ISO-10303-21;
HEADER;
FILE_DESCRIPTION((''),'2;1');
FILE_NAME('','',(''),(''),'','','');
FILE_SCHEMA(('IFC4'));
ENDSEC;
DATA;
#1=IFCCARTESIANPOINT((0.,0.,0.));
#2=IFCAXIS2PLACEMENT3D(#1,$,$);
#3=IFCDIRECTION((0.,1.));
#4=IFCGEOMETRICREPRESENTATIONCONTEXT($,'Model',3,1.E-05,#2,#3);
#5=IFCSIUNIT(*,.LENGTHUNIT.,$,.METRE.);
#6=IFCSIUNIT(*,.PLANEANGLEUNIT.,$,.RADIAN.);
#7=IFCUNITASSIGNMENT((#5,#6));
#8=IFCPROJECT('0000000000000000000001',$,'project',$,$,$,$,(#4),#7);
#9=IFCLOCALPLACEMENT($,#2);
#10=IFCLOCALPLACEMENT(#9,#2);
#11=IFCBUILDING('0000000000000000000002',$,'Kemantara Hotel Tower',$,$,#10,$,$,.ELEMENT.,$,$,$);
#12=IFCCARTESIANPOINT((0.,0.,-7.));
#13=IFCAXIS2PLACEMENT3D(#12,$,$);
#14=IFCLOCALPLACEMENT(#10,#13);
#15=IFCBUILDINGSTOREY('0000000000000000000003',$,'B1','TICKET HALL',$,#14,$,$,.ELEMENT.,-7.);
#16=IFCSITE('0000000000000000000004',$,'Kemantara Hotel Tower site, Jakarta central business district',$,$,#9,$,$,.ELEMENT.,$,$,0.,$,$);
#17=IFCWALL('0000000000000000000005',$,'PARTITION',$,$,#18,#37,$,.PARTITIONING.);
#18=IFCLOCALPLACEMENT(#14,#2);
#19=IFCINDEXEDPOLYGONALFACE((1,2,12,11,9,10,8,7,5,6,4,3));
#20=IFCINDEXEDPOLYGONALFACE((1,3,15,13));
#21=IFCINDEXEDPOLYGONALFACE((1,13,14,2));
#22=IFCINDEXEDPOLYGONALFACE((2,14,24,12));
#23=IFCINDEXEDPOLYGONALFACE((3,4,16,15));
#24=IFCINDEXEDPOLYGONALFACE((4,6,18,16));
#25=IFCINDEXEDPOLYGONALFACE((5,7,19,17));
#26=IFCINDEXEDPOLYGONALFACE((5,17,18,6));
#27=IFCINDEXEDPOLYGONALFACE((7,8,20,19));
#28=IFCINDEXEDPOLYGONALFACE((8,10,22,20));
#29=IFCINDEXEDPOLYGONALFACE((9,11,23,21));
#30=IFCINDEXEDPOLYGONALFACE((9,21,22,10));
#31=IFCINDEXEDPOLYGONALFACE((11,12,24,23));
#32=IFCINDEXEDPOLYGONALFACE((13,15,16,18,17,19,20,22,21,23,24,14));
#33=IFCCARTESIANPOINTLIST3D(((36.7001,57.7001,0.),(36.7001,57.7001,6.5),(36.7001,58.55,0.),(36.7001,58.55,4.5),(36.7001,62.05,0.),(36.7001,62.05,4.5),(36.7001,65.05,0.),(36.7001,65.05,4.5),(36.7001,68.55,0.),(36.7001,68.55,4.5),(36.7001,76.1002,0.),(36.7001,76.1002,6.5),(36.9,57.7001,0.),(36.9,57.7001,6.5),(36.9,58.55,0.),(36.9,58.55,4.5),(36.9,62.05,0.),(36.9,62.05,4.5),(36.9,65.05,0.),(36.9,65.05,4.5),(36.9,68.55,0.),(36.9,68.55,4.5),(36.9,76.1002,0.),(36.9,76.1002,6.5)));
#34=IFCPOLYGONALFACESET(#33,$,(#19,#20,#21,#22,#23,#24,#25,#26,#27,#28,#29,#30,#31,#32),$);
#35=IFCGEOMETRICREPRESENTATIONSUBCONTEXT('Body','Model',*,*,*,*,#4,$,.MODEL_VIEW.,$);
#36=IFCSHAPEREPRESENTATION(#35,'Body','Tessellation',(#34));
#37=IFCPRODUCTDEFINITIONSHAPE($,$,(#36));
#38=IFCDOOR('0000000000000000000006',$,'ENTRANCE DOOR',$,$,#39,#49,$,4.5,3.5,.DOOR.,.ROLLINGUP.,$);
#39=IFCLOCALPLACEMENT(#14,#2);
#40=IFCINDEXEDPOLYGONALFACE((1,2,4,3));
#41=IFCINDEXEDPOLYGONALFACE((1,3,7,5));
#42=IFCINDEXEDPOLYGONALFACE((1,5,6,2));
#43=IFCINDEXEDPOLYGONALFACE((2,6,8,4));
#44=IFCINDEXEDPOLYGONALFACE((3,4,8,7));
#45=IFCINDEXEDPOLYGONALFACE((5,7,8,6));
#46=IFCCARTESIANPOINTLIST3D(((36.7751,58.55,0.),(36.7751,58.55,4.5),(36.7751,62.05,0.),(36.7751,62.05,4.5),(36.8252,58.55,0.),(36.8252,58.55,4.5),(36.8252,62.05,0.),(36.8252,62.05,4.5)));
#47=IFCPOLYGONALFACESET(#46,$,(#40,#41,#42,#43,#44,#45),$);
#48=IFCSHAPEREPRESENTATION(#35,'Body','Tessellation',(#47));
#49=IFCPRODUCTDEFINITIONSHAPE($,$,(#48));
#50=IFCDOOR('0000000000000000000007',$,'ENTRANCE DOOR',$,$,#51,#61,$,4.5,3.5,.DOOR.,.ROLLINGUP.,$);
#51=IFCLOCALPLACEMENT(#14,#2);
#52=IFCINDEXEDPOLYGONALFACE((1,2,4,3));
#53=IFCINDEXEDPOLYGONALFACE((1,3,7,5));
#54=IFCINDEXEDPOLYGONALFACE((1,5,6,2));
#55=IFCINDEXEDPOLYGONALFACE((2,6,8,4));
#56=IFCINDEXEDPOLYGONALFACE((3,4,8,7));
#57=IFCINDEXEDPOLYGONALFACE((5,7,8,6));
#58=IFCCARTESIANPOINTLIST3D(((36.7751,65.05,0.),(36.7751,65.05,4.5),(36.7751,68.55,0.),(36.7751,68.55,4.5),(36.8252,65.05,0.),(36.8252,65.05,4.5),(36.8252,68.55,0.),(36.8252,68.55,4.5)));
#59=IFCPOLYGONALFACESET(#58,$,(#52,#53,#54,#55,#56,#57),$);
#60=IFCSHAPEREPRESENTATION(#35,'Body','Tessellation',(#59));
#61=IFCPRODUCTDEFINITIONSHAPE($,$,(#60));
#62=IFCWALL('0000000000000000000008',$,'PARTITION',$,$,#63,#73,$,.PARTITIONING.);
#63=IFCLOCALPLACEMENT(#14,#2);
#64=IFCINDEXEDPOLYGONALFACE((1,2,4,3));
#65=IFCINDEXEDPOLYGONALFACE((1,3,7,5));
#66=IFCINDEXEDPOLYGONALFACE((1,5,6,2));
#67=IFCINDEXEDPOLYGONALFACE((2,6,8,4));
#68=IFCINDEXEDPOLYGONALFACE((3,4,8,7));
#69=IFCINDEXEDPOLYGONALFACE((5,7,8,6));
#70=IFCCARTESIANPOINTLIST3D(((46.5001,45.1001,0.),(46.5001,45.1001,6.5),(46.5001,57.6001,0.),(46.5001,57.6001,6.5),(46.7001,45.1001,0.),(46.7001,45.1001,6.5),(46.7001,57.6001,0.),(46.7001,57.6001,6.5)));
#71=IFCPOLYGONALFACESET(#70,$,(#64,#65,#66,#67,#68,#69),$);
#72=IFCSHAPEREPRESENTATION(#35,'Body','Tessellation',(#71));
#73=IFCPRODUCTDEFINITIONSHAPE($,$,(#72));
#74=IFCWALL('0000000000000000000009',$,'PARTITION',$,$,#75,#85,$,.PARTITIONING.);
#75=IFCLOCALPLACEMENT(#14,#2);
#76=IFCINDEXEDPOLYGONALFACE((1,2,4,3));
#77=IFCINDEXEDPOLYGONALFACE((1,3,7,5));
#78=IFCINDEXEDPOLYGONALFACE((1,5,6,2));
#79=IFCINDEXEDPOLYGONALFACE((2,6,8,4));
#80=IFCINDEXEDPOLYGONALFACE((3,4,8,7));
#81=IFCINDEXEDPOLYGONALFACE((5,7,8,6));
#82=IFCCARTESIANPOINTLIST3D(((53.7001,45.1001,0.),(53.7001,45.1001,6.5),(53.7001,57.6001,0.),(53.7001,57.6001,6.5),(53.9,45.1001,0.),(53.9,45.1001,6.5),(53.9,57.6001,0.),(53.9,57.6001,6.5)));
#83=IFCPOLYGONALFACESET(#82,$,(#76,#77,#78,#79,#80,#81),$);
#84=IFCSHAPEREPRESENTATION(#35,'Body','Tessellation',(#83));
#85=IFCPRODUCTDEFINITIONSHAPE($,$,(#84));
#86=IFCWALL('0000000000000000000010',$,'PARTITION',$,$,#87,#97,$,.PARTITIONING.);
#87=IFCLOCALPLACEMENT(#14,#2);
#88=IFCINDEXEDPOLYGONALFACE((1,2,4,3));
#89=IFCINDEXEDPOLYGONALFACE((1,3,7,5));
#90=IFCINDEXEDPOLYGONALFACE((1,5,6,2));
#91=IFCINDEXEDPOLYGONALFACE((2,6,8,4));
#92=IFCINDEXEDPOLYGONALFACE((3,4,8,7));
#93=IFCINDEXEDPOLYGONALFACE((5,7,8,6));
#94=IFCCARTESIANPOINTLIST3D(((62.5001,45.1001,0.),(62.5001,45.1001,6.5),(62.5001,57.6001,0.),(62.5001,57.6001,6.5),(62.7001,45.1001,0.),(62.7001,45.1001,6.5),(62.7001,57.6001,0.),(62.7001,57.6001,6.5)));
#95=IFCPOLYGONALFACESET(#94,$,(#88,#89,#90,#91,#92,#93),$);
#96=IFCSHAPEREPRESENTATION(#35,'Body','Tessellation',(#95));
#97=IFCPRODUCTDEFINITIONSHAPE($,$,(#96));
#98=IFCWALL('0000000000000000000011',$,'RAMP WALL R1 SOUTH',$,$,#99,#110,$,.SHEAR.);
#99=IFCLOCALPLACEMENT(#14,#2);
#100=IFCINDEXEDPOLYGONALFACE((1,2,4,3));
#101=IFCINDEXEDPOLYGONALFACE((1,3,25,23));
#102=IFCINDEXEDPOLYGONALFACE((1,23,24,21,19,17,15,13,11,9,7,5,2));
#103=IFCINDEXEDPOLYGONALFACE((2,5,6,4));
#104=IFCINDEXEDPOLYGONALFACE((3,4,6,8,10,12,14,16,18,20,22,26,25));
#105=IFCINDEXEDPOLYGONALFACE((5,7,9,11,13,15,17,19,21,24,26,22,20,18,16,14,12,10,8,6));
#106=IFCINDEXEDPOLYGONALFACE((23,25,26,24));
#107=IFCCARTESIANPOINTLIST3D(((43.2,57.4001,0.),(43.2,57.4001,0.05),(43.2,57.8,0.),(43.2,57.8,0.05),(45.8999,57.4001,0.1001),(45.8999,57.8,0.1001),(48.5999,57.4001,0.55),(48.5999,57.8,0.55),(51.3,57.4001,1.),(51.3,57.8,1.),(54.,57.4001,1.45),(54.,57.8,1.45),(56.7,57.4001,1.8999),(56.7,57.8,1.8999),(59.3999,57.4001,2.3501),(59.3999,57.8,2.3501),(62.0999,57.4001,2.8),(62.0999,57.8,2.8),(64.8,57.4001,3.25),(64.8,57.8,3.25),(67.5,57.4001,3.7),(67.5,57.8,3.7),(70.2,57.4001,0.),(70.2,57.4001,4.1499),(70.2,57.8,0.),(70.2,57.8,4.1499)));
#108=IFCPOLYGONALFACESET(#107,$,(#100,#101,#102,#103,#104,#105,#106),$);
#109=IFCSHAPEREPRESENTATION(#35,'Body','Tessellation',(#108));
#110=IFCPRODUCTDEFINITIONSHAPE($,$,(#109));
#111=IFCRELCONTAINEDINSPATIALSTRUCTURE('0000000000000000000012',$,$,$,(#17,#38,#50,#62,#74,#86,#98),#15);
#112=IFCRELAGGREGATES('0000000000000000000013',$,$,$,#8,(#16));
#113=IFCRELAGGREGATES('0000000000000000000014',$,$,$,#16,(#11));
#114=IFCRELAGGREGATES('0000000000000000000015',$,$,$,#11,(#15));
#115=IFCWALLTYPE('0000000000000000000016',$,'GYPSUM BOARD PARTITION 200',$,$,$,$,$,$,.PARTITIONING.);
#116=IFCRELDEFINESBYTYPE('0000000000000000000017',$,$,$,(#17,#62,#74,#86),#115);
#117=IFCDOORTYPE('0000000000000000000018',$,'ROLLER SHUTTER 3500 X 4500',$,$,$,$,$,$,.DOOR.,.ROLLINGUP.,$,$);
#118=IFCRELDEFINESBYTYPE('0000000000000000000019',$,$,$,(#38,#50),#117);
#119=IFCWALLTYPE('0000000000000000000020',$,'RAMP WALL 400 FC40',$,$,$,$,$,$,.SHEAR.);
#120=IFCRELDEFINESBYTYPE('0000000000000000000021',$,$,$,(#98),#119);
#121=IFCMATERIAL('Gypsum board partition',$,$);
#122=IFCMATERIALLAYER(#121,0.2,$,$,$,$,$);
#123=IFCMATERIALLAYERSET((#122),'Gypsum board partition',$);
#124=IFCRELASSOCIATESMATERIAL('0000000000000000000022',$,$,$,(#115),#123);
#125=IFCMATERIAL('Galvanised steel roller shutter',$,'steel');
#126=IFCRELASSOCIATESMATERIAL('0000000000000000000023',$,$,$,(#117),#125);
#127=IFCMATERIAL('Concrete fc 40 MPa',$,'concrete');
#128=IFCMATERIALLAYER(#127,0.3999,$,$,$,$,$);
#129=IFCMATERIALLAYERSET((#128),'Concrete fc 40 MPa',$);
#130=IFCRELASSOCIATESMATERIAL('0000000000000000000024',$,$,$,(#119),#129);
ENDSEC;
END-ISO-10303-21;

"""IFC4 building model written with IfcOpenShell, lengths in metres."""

from ifc_helpers import new_model, si_unit, direction, frame, frame_2d, origin, place, context, subcontext, project, spatial, polyline, rectangle, outline, extrude, material, layer, layer_set, type_object, element, fill, save


model = new_model("IFC4")

# Units and contexts
model_context = context("Model", 3, precision=1e-05, world=origin(), true_north=direction((0.0, 1.0)))
body_context = subcontext(model_context, "Body", "Model", "MODEL_VIEW")
ifc_project = project(units=[si_unit("LENGTHUNIT", "METRE"), si_unit("PLANEANGLEUNIT", "RADIAN")], contexts=[model_context])

# Site, building, storey
site_placement = place(None, origin())
site = spatial("IfcSite", under=ifc_project, at=site_placement, Name="Kemantara Hotel Tower site, Jakarta central business district", CompositionType="ELEMENT", RefElevation=0.0)
building_placement = place(site_placement, origin())
building = spatial("IfcBuilding", under=site, at=building_placement, Name="Kemantara Hotel Tower", CompositionType="ELEMENT")
storey_placement = place(building_placement, frame((0.0, 0.0, -7.0)))
storey = spatial("IfcBuildingStorey", under=building, at=storey_placement, Name="B1", Description="TICKET HALL", CompositionType="ELEMENT", Elevation=-7.0)

# Wall, openings, doors
ifc_material_1 = material(Name="Gypsum board partition")
ifc_layer_1 = layer(ifc_material_1, 0.2)
ifc_layer_set_1 = layer_set([ifc_layer_1], Name="Gypsum board partition")
wall_type_1 = type_object("IfcWallType", Name="GYPSUM BOARD PARTITION 200", PredefinedType="PARTITIONING", material=ifc_layer_set_1)
wall_1_placement = place(storey_placement, frame((36.8, 57.7, 0.0), z_axis=(0.0, 0.0, 1.0), x_axis=(0.0, 1.0, 0.0)))
wall_1 = element("IfcWall", 1, at=wall_1_placement, inside=storey, type_object=wall_type_1, Name="PARTITION", PredefinedType="PARTITIONING", context=body_context, shape_type="SweptSolid", body=[
    extrude(rectangle(XDim=18.4001, YDim=0.2, at=frame_2d((9.2002, 0.0))), origin(), (0.0, 0.0, 1.0), 6.5),
])
opening_1_placement = place(wall_1_placement, frame((0.8501, 0.0, 0.0)))
opening_1 = element("IfcOpeningElement", 2, at=opening_1_placement, cuts=wall_1, PredefinedType="OPENING", context=body_context, shape_type="SweptSolid", body=[
    extrude(rectangle(XDim=3.5, YDim=4.5, at=frame_2d((1.75, 2.25))), frame((0.0, 0.1099, 0.0), z_axis=(0.0, -1.0, 0.0), x_axis=(1.0, 0.0, 0.0)), (0.0, 0.0, 1.0), 0.22),
])
opening_2_placement = place(wall_1_placement, frame((7.3501, 0.0, 0.0)))
opening_2 = element("IfcOpeningElement", 3, at=opening_2_placement, cuts=wall_1, PredefinedType="OPENING", context=body_context, shape_type="SweptSolid", body=[
    extrude(rectangle(XDim=3.5, YDim=4.5, at=frame_2d((1.75, 2.25))), frame((0.0, 0.1099, 0.0), z_axis=(0.0, -1.0, 0.0), x_axis=(1.0, 0.0, 0.0)), (0.0, 0.0, 1.0), 0.22),
])
ifc_material_2 = material(Name="Galvanised steel roller shutter", Category="steel")
door_type_1 = type_object("IfcDoorType", Name="ROLLER SHUTTER 3500 X 4500", OperationType="ROLLINGUP", PredefinedType="DOOR", material=ifc_material_2)
door_1_placement = place(opening_1_placement, origin())
door_1 = element("IfcDoor", 4, at=door_1_placement, inside=storey, type_object=door_type_1, Name="ENTRANCE DOOR", OperationType="ROLLINGUP", OverallHeight=4.5, OverallWidth=3.5, PredefinedType="DOOR", context=body_context, shape_type="SweptSolid", body=[
    extrude(rectangle(XDim=3.5, YDim=4.5, at=frame_2d((1.75, 2.25))), frame((0.0, 0.0249, 0.0), z_axis=(0.0, -1.0, 0.0), x_axis=(1.0, 0.0, 0.0)), (0.0, 0.0, 1.0), 0.05),
])
fill(opening_1, door_1)
door_2_placement = place(opening_2_placement, origin())
door_2 = element("IfcDoor", 5, at=door_2_placement, inside=storey, type_object=door_type_1, Name="ENTRANCE DOOR", OperationType="ROLLINGUP", OverallHeight=4.5, OverallWidth=3.5, PredefinedType="DOOR", context=body_context, shape_type="SweptSolid", body=[
    extrude(rectangle(XDim=3.5, YDim=4.5, at=frame_2d((1.75, 2.25))), frame((0.0, 0.0249, 0.0), z_axis=(0.0, -1.0, 0.0), x_axis=(1.0, 0.0, 0.0)), (0.0, 0.0, 1.0), 0.05),
])
fill(opening_2, door_2)

# Walls
for number, where, z_axis, x_axis, name in (
    (6, (46.6001, 45.1001, 0.0), (0.0, 0.0, 1.0), (0.0, 1.0, 0.0), "PARTITION"),
    (7, (53.8, 45.1001, 0.0), (0.0, 0.0, 1.0), (0.0, 1.0, 0.0), "PARTITION"),
    (8, (62.6001, 45.1001, 0.0), (0.0, 0.0, 1.0), (0.0, 1.0, 0.0), "PARTITION"),
):
    element("IfcWall", number, at=place(storey_placement, frame(where, z_axis=z_axis, x_axis=x_axis)), inside=storey, type_object=wall_type_1, Name=name, PredefinedType="PARTITIONING", context=body_context, shape_type="SweptSolid", body=[
        extrude(rectangle(XDim=12.5, YDim=0.2, at=frame_2d((6.25, 0.0))), origin(), (0.0, 0.0, 1.0), 6.5),
    ])
ifc_material_3 = material(Name="Concrete fc 40 MPa", Category="concrete")
ifc_layer_2 = layer(ifc_material_3, 0.3999)
ifc_layer_set_2 = layer_set([ifc_layer_2], Name="Concrete fc 40 MPa")
wall_type_2 = type_object("IfcWallType", Name="RAMP WALL 400 FC40", PredefinedType="SHEAR", material=ifc_layer_set_2)
wall_2_placement = place(storey_placement, frame((43.2, 57.6001, 0.0), z_axis=(0.0, 0.0, 1.0), x_axis=(1.0, 0.0, 0.0)))
element("IfcWall", 9, at=wall_2_placement, inside=storey, type_object=wall_type_2, Name="RAMP WALL R1 SOUTH", PredefinedType="SHEAR", context=body_context, shape_type="SweptSolid", body=[
    extrude(outline(polyline([(0.0, 0.0), (27.0, 0.0), (27.0, 4.1499), (24.3, 3.7), (21.6001, 3.25), (18.8999, 2.8), (16.2, 2.3501), (13.5, 1.8999), (10.8, 1.45), (8.1001, 1.0), (5.3999, 0.55), (2.7, 0.1001), (0.0, 0.05), (0.0, 0.0)])), frame((0.0, 0.2, 0.0), z_axis=(0.0, -1.0, 0.0), x_axis=(1.0, 0.0, 0.0)), (0.0, 0.0, 1.0), 0.3999),
])

save(model, "model.ifc")
